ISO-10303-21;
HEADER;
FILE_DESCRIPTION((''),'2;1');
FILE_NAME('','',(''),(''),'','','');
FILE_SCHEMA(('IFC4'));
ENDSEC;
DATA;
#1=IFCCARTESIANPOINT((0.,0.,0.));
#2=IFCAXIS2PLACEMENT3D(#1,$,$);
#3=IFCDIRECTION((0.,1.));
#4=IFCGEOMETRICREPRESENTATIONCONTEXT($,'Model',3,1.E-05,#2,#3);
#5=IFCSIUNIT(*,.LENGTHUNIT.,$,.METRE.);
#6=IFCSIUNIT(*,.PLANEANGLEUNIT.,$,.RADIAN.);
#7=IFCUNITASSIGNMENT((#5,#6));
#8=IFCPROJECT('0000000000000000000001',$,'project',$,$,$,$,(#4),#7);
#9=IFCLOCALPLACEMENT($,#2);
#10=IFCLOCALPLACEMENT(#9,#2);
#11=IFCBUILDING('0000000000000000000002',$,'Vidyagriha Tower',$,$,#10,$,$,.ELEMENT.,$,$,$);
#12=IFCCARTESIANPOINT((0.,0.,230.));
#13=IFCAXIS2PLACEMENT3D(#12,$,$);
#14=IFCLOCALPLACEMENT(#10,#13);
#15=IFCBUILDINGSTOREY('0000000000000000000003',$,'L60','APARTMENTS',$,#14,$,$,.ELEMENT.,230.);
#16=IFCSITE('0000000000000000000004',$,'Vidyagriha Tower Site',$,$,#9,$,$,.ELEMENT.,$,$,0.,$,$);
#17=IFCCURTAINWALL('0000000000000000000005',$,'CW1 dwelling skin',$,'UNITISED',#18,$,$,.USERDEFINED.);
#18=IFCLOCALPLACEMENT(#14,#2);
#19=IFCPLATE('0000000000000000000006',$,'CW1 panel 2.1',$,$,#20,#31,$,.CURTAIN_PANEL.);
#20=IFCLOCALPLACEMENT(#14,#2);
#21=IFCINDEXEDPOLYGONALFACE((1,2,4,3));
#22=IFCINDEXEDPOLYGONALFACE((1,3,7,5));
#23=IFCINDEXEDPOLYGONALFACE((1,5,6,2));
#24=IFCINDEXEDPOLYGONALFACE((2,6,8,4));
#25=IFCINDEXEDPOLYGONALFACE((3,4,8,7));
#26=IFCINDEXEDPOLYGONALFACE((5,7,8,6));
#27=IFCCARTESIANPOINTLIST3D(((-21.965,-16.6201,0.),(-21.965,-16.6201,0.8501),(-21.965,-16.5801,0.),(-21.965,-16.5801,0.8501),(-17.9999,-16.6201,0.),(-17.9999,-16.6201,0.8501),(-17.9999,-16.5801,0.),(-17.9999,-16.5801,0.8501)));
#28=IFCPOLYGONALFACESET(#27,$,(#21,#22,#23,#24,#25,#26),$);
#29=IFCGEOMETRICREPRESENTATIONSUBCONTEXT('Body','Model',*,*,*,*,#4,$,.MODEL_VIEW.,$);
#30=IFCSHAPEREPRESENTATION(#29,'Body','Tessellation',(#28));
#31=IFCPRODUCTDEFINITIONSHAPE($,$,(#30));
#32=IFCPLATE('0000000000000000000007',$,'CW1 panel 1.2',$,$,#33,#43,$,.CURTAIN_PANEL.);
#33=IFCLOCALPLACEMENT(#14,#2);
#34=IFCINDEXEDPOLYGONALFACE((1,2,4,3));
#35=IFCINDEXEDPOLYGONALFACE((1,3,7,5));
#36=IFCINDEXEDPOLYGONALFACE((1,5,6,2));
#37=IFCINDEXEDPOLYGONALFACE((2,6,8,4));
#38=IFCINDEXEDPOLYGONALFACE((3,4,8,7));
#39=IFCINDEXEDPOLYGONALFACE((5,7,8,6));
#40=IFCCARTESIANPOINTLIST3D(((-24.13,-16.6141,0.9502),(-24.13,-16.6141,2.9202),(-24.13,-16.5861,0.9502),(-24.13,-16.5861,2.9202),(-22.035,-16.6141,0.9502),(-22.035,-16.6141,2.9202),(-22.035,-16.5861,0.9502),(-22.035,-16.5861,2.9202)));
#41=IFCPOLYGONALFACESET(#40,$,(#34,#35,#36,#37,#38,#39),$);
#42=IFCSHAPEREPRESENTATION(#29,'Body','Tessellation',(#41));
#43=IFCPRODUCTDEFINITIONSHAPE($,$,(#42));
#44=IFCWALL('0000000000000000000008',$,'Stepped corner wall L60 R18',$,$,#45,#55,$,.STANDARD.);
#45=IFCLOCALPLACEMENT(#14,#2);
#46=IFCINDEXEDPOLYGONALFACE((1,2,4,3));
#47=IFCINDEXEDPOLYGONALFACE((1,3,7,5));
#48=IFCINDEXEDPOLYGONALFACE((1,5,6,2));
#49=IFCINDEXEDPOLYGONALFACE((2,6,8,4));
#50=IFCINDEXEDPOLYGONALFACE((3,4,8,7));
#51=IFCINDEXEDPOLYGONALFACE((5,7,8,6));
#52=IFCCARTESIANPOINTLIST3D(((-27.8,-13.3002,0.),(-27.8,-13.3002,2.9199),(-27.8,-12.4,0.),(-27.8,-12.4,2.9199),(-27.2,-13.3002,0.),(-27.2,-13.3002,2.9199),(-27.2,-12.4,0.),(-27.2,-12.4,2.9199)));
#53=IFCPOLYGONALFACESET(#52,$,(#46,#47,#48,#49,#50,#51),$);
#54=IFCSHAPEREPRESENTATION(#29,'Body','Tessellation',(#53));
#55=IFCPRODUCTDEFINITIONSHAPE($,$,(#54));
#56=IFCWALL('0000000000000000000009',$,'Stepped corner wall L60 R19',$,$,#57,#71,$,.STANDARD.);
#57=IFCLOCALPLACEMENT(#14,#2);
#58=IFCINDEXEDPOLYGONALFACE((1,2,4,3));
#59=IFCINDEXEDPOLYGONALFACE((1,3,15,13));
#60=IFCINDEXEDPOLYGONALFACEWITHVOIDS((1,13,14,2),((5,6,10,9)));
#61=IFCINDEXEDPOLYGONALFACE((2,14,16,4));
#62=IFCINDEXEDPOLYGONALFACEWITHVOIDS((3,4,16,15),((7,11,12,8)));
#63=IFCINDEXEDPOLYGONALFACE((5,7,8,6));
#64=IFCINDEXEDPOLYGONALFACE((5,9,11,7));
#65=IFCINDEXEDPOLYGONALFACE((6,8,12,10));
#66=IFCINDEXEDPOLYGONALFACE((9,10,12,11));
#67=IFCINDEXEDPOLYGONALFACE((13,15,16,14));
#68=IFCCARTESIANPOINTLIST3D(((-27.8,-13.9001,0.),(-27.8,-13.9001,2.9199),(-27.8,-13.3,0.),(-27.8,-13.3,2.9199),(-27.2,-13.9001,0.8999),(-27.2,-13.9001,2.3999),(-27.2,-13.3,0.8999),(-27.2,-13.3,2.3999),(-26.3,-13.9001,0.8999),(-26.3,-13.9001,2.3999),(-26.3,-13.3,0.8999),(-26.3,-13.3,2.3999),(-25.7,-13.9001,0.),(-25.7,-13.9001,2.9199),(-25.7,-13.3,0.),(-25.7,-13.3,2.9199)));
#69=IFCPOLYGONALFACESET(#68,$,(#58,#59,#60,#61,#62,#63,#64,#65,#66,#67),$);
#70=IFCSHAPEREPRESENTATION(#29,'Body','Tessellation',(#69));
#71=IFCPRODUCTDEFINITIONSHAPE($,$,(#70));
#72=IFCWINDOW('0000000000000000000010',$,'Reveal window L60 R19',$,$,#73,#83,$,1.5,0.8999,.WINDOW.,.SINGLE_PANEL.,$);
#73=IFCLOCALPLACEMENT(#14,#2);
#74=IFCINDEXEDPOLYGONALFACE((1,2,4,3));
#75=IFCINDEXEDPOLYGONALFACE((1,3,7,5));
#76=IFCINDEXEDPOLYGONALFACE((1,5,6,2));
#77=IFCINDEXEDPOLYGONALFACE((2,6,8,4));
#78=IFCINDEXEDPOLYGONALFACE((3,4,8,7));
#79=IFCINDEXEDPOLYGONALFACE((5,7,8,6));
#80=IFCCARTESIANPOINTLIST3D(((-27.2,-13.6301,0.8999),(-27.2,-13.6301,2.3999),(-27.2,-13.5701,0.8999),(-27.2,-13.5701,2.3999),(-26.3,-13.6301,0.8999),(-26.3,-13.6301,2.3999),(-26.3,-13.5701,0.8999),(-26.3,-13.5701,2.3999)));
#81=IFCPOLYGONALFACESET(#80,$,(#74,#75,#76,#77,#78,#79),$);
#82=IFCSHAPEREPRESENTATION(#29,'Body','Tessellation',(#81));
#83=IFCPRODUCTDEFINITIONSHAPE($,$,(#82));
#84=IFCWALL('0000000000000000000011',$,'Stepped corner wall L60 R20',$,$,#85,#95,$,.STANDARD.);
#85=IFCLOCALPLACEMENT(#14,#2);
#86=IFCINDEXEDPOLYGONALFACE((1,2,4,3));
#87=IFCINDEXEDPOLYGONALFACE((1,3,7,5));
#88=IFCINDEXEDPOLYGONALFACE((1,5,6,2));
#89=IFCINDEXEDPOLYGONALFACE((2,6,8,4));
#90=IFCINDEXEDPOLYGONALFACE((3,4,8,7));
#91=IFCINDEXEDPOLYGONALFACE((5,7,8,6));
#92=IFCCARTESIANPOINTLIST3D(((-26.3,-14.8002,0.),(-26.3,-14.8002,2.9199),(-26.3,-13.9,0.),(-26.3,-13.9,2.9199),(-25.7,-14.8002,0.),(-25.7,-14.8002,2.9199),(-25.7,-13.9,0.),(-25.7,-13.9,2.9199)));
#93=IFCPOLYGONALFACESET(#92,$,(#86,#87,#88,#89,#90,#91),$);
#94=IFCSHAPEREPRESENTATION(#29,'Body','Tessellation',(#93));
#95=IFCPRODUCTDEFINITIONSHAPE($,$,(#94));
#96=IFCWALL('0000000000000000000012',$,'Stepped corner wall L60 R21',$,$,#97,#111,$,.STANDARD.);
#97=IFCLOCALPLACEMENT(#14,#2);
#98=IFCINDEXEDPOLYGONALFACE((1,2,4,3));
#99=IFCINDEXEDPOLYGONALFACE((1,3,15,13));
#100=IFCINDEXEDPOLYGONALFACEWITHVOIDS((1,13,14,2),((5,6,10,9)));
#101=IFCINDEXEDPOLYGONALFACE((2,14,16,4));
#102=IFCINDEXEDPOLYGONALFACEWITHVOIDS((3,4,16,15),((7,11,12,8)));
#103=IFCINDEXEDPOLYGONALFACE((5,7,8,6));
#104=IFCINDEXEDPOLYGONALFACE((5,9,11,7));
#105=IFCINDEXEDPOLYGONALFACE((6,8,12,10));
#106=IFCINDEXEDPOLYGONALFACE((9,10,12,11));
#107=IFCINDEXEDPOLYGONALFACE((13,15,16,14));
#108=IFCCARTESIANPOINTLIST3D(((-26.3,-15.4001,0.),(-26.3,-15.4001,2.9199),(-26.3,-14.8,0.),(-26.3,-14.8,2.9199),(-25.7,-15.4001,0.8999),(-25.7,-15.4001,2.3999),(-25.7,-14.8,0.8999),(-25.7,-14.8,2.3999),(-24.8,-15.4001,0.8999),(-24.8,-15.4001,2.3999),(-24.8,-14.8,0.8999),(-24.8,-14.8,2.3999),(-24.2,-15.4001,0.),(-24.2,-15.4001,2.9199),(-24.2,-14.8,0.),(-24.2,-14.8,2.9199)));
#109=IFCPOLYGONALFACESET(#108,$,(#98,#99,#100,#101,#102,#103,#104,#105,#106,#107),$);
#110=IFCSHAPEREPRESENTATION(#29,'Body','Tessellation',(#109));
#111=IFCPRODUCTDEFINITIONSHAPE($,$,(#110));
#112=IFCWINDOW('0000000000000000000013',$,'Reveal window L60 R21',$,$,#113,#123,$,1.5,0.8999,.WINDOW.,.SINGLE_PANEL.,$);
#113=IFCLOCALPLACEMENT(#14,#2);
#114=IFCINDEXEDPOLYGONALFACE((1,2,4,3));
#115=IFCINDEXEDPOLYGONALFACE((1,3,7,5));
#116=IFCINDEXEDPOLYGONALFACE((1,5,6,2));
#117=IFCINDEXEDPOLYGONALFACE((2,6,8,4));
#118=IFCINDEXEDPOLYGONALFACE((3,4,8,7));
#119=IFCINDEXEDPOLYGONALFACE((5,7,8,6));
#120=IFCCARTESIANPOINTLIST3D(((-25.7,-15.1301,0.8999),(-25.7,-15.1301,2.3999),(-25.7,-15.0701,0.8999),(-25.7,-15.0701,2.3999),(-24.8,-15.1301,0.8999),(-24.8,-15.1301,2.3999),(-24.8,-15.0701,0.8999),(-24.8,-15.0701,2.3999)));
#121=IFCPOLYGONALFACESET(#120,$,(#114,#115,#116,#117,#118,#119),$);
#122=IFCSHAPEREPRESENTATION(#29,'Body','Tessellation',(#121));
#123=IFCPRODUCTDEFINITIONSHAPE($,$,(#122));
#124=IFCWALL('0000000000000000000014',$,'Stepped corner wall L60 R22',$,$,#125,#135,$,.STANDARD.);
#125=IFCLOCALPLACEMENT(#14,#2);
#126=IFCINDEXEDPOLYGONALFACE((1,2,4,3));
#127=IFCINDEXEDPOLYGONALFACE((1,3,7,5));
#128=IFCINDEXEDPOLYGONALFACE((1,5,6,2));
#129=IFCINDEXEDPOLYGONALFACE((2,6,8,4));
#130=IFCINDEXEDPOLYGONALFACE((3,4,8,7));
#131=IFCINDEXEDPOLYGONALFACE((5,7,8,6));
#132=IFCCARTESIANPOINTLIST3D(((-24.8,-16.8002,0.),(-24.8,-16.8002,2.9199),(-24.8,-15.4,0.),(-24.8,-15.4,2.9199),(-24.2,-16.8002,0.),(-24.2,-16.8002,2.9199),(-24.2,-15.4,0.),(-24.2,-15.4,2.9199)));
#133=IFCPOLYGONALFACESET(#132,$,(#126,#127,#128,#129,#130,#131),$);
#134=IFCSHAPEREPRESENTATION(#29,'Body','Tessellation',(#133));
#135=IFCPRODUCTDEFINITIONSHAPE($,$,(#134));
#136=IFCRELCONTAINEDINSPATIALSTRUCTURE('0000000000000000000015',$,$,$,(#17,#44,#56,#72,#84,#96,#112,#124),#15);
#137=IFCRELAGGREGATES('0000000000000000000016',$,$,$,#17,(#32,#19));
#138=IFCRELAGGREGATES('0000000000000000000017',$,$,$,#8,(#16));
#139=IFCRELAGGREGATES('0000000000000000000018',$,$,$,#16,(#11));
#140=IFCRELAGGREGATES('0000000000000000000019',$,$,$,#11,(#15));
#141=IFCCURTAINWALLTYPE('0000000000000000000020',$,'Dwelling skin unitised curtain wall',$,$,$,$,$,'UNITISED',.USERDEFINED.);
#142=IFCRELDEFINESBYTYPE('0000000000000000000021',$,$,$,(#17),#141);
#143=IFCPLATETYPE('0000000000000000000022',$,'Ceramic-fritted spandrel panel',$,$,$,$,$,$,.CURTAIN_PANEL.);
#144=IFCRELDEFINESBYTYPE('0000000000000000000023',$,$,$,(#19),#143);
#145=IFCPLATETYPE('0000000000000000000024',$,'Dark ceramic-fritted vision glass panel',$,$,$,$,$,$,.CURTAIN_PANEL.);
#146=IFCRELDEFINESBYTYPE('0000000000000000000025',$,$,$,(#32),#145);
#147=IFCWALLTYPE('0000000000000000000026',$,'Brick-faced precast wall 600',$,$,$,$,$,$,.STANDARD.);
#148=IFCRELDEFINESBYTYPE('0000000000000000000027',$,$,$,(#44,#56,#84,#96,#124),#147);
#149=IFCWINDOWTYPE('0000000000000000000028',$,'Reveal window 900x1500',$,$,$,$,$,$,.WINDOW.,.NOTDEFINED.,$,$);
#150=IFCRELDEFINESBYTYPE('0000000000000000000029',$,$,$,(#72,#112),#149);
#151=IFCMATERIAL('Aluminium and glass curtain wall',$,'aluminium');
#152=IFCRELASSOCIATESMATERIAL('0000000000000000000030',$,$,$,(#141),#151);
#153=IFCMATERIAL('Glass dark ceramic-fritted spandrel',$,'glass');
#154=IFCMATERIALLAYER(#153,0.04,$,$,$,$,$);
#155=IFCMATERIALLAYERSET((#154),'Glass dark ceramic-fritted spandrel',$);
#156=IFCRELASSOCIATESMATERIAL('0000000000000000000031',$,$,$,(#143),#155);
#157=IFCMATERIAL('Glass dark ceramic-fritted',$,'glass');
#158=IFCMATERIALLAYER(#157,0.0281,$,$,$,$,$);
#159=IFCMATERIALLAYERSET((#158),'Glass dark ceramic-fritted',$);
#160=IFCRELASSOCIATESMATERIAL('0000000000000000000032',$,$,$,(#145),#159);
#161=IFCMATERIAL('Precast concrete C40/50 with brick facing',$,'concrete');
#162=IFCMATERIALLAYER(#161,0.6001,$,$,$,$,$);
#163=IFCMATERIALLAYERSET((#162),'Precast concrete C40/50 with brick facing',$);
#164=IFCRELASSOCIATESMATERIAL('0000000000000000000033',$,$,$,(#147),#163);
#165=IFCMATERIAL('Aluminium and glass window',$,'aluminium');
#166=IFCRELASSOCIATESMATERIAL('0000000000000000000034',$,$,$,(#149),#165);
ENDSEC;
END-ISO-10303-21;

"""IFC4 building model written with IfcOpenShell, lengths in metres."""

from ifc_helpers import new_model, si_unit, direction, frame, frame_2d, origin, origin_2d, place, context, subcontext, project, spatial, rectangle, extrude, material, layer, layer_set, type_object, element, fill, aggregate, save


model = new_model("IFC4")

# Units and contexts
model_context = context("Model", 3, precision=1e-05, world=origin(), true_north=direction((0.0, 1.0)))
body_context = subcontext(model_context, "Body", "Model", "MODEL_VIEW")
ifc_project = project(units=[si_unit("LENGTHUNIT", "METRE"), si_unit("PLANEANGLEUNIT", "RADIAN")], contexts=[model_context])

# Site, building, storey
site_placement = place(None, origin())
site = spatial("IfcSite", under=ifc_project, at=site_placement, Name="Vidyagriha Tower Site", CompositionType="ELEMENT", RefElevation=0.0)
building_placement = place(site_placement, origin())
building = spatial("IfcBuilding", under=site, at=building_placement, Name="Vidyagriha Tower", CompositionType="ELEMENT")
storey_placement = place(building_placement, frame((0.0, 0.0, 230.0)))
storey = spatial("IfcBuildingStorey", under=building, at=storey_placement, Name="L60", Description="APARTMENTS", CompositionType="ELEMENT", Elevation=230.0)

# Curtain wall, plates
ifc_material_1 = material(Name="Aluminium and glass curtain wall", Category="aluminium")
curtain_wall_type = type_object("IfcCurtainWallType", Name="Dwelling skin unitised curtain wall", ElementType="UNITISED", PredefinedType="USERDEFINED", material=ifc_material_1)
curtain_wall_placement = place(storey_placement, origin())
curtain_wall = element("IfcCurtainWall", 1, at=curtain_wall_placement, inside=storey, type_object=curtain_wall_type, Name="CW1 dwelling skin", ObjectType="UNITISED", PredefinedType="USERDEFINED")
ifc_material_2 = material(Name="Glass dark ceramic-fritted spandrel", Category="glass")
ifc_layer_1 = layer(ifc_material_2, 0.04)
ifc_layer_set_1 = layer_set([ifc_layer_1], Name="Glass dark ceramic-fritted spandrel")
plate_type_1 = type_object("IfcPlateType", Name="Ceramic-fritted spandrel panel", PredefinedType="CURTAIN_PANEL", material=ifc_layer_set_1)
plate_1_placement = place(storey_placement, frame((-19.9824, -16.6001, 0.0)))
plate_1 = element("IfcPlate", 2, at=plate_1_placement, type_object=plate_type_1, Name="CW1 panel 2.1", PredefinedType="CURTAIN_PANEL", context=body_context, shape_type="SweptSolid", body=[
    extrude(rectangle(XDim=3.9651, YDim=0.04, at=origin_2d()), origin(), (0.0, 0.0, 1.0), 0.8501),
])
ifc_material_3 = material(Name="Glass dark ceramic-fritted", Category="glass")
ifc_layer_2 = layer(ifc_material_3, 0.0281)
ifc_layer_set_2 = layer_set([ifc_layer_2], Name="Glass dark ceramic-fritted")
plate_type_2 = type_object("IfcPlateType", Name="Dark ceramic-fritted vision glass panel", PredefinedType="CURTAIN_PANEL", material=ifc_layer_set_2)
plate_2_placement = place(storey_placement, frame((-23.0825, -16.6001, 0.9502)))
plate_2 = element("IfcPlate", 3, at=plate_2_placement, type_object=plate_type_2, Name="CW1 panel 1.2", PredefinedType="CURTAIN_PANEL", context=body_context, shape_type="SweptSolid", body=[
    extrude(rectangle(XDim=2.095, YDim=0.0281, at=origin_2d()), origin(), (0.0, 0.0, 1.0), 1.97),
])
aggregate(curtain_wall, [plate_2, plate_1])

# Wall
ifc_material_4 = material(Name="Precast concrete C40/50 with brick facing", Category="concrete")
ifc_layer_3 = layer(ifc_material_4, 0.6001)
ifc_layer_set_3 = layer_set([ifc_layer_3], Name="Precast concrete C40/50 with brick facing")
wall_type = type_object("IfcWallType", Name="Brick-faced precast wall 600", PredefinedType="STANDARD", material=ifc_layer_set_3)
wall_1_placement = place(storey_placement, frame((-27.5, -12.3999, 0.0), z_axis=(0.0, 0.0, 1.0), x_axis=(0.0, -1.0, 0.0)))
element("IfcWall", 4, at=wall_1_placement, inside=storey, type_object=wall_type, Name="Stepped corner wall L60 R18", PredefinedType="STANDARD", context=body_context, shape_type="SweptSolid", body=[
    extrude(rectangle(XDim=0.9001, YDim=0.6001, at=frame_2d((0.4502, 0.0))), origin(), (0.0, 0.0, 1.0), 2.9199),
])

# Wall, opening, window
wall_2_placement = place(storey_placement, frame((-27.8, -13.6001, 0.0)))
wall_2 = element("IfcWall", 5, at=wall_2_placement, inside=storey, type_object=wall_type, Name="Stepped corner wall L60 R19", PredefinedType="STANDARD", context=body_context, shape_type="SweptSolid", body=[
    extrude(rectangle(XDim=2.1001, YDim=0.6001, at=frame_2d((1.05, 0.0))), origin(), (0.0, 0.0, 1.0), 2.9199),
])
opening_1_placement = place(wall_2_placement, frame((0.6001, 0.0, 0.8999)))
opening_1 = element("IfcOpeningElement", 6, at=opening_1_placement, cuts=wall_2, PredefinedType="OPENING", context=body_context, shape_type="SweptSolid", body=[
    extrude(rectangle(XDim=0.8999, YDim=1.5, at=frame_2d((0.45, 0.75))), frame((0.0, 0.3101, 0.0), z_axis=(0.0, -1.0, 0.0), x_axis=(1.0, 0.0, 0.0)), (0.0, 0.0, 1.0), 0.6201),
])
ifc_material_5 = material(Name="Aluminium and glass window", Category="aluminium")
window_type = type_object("IfcWindowType", Name="Reveal window 900x1500", PartitioningType="NOTDEFINED", PredefinedType="WINDOW", material=ifc_material_5)
window_1_placement = place(opening_1_placement, origin())
window_1 = element("IfcWindow", 7, at=window_1_placement, inside=storey, type_object=window_type, Name="Reveal window L60 R19", OverallHeight=1.5, OverallWidth=0.8999, PartitioningType="SINGLE_PANEL", PredefinedType="WINDOW", context=body_context, shape_type="SweptSolid", body=[
    extrude(rectangle(XDim=0.8999, YDim=1.5, at=frame_2d((0.45, 0.75))), frame((0.0, 0.03, 0.0), z_axis=(0.0, -1.0, 0.0), x_axis=(1.0, 0.0, 0.0)), (0.0, 0.0, 1.0), 0.0601),
])
fill(opening_1, window_1)

# Wall
wall_3_placement = place(storey_placement, frame((-26.0, -13.8999, 0.0), z_axis=(0.0, 0.0, 1.0), x_axis=(0.0, -1.0, 0.0)))
element("IfcWall", 8, at=wall_3_placement, inside=storey, type_object=wall_type, Name="Stepped corner wall L60 R20", PredefinedType="STANDARD", context=body_context, shape_type="SweptSolid", body=[
    extrude(rectangle(XDim=0.9001, YDim=0.6001, at=frame_2d((0.4502, 0.0))), origin(), (0.0, 0.0, 1.0), 2.9199),
])

# Wall, opening, window
wall_4_placement = place(storey_placement, frame((-26.3, -15.1001, 0.0)))
wall_4 = element("IfcWall", 9, at=wall_4_placement, inside=storey, type_object=wall_type, Name="Stepped corner wall L60 R21", PredefinedType="STANDARD", context=body_context, shape_type="SweptSolid", body=[
    extrude(rectangle(XDim=2.1001, YDim=0.6001, at=frame_2d((1.05, 0.0))), origin(), (0.0, 0.0, 1.0), 2.9199),
])
opening_2_placement = place(wall_4_placement, frame((0.6001, 0.0, 0.8999)))
opening_2 = element("IfcOpeningElement", 10, at=opening_2_placement, cuts=wall_4, PredefinedType="OPENING", context=body_context, shape_type="SweptSolid", body=[
    extrude(rectangle(XDim=0.8999, YDim=1.5, at=frame_2d((0.45, 0.75))), frame((0.0, 0.3101, 0.0), z_axis=(0.0, -1.0, 0.0), x_axis=(1.0, 0.0, 0.0)), (0.0, 0.0, 1.0), 0.6201),
])
window_2_placement = place(opening_2_placement, origin())
window_2 = element("IfcWindow", 11, at=window_2_placement, inside=storey, type_object=window_type, Name="Reveal window L60 R21", OverallHeight=1.5, OverallWidth=0.8999, PartitioningType="SINGLE_PANEL", PredefinedType="WINDOW", context=body_context, shape_type="SweptSolid", body=[
    extrude(rectangle(XDim=0.8999, YDim=1.5, at=frame_2d((0.45, 0.75))), frame((0.0, 0.03, 0.0), z_axis=(0.0, -1.0, 0.0), x_axis=(1.0, 0.0, 0.0)), (0.0, 0.0, 1.0), 0.0601),
])
fill(opening_2, window_2)

# Wall
wall_5_placement = place(storey_placement, frame((-24.5, -15.3999, 0.0), z_axis=(0.0, 0.0, 1.0), x_axis=(0.0, -1.0, 0.0)))
element("IfcWall", 12, at=wall_5_placement, inside=storey, type_object=wall_type, Name="Stepped corner wall L60 R22", PredefinedType="STANDARD", context=body_context, shape_type="SweptSolid", body=[
    extrude(rectangle(XDim=1.4001, YDim=0.6001, at=frame_2d((0.7002, 0.0))), origin(), (0.0, 0.0, 1.0), 2.9199),
])

save(model, "model.ifc")
